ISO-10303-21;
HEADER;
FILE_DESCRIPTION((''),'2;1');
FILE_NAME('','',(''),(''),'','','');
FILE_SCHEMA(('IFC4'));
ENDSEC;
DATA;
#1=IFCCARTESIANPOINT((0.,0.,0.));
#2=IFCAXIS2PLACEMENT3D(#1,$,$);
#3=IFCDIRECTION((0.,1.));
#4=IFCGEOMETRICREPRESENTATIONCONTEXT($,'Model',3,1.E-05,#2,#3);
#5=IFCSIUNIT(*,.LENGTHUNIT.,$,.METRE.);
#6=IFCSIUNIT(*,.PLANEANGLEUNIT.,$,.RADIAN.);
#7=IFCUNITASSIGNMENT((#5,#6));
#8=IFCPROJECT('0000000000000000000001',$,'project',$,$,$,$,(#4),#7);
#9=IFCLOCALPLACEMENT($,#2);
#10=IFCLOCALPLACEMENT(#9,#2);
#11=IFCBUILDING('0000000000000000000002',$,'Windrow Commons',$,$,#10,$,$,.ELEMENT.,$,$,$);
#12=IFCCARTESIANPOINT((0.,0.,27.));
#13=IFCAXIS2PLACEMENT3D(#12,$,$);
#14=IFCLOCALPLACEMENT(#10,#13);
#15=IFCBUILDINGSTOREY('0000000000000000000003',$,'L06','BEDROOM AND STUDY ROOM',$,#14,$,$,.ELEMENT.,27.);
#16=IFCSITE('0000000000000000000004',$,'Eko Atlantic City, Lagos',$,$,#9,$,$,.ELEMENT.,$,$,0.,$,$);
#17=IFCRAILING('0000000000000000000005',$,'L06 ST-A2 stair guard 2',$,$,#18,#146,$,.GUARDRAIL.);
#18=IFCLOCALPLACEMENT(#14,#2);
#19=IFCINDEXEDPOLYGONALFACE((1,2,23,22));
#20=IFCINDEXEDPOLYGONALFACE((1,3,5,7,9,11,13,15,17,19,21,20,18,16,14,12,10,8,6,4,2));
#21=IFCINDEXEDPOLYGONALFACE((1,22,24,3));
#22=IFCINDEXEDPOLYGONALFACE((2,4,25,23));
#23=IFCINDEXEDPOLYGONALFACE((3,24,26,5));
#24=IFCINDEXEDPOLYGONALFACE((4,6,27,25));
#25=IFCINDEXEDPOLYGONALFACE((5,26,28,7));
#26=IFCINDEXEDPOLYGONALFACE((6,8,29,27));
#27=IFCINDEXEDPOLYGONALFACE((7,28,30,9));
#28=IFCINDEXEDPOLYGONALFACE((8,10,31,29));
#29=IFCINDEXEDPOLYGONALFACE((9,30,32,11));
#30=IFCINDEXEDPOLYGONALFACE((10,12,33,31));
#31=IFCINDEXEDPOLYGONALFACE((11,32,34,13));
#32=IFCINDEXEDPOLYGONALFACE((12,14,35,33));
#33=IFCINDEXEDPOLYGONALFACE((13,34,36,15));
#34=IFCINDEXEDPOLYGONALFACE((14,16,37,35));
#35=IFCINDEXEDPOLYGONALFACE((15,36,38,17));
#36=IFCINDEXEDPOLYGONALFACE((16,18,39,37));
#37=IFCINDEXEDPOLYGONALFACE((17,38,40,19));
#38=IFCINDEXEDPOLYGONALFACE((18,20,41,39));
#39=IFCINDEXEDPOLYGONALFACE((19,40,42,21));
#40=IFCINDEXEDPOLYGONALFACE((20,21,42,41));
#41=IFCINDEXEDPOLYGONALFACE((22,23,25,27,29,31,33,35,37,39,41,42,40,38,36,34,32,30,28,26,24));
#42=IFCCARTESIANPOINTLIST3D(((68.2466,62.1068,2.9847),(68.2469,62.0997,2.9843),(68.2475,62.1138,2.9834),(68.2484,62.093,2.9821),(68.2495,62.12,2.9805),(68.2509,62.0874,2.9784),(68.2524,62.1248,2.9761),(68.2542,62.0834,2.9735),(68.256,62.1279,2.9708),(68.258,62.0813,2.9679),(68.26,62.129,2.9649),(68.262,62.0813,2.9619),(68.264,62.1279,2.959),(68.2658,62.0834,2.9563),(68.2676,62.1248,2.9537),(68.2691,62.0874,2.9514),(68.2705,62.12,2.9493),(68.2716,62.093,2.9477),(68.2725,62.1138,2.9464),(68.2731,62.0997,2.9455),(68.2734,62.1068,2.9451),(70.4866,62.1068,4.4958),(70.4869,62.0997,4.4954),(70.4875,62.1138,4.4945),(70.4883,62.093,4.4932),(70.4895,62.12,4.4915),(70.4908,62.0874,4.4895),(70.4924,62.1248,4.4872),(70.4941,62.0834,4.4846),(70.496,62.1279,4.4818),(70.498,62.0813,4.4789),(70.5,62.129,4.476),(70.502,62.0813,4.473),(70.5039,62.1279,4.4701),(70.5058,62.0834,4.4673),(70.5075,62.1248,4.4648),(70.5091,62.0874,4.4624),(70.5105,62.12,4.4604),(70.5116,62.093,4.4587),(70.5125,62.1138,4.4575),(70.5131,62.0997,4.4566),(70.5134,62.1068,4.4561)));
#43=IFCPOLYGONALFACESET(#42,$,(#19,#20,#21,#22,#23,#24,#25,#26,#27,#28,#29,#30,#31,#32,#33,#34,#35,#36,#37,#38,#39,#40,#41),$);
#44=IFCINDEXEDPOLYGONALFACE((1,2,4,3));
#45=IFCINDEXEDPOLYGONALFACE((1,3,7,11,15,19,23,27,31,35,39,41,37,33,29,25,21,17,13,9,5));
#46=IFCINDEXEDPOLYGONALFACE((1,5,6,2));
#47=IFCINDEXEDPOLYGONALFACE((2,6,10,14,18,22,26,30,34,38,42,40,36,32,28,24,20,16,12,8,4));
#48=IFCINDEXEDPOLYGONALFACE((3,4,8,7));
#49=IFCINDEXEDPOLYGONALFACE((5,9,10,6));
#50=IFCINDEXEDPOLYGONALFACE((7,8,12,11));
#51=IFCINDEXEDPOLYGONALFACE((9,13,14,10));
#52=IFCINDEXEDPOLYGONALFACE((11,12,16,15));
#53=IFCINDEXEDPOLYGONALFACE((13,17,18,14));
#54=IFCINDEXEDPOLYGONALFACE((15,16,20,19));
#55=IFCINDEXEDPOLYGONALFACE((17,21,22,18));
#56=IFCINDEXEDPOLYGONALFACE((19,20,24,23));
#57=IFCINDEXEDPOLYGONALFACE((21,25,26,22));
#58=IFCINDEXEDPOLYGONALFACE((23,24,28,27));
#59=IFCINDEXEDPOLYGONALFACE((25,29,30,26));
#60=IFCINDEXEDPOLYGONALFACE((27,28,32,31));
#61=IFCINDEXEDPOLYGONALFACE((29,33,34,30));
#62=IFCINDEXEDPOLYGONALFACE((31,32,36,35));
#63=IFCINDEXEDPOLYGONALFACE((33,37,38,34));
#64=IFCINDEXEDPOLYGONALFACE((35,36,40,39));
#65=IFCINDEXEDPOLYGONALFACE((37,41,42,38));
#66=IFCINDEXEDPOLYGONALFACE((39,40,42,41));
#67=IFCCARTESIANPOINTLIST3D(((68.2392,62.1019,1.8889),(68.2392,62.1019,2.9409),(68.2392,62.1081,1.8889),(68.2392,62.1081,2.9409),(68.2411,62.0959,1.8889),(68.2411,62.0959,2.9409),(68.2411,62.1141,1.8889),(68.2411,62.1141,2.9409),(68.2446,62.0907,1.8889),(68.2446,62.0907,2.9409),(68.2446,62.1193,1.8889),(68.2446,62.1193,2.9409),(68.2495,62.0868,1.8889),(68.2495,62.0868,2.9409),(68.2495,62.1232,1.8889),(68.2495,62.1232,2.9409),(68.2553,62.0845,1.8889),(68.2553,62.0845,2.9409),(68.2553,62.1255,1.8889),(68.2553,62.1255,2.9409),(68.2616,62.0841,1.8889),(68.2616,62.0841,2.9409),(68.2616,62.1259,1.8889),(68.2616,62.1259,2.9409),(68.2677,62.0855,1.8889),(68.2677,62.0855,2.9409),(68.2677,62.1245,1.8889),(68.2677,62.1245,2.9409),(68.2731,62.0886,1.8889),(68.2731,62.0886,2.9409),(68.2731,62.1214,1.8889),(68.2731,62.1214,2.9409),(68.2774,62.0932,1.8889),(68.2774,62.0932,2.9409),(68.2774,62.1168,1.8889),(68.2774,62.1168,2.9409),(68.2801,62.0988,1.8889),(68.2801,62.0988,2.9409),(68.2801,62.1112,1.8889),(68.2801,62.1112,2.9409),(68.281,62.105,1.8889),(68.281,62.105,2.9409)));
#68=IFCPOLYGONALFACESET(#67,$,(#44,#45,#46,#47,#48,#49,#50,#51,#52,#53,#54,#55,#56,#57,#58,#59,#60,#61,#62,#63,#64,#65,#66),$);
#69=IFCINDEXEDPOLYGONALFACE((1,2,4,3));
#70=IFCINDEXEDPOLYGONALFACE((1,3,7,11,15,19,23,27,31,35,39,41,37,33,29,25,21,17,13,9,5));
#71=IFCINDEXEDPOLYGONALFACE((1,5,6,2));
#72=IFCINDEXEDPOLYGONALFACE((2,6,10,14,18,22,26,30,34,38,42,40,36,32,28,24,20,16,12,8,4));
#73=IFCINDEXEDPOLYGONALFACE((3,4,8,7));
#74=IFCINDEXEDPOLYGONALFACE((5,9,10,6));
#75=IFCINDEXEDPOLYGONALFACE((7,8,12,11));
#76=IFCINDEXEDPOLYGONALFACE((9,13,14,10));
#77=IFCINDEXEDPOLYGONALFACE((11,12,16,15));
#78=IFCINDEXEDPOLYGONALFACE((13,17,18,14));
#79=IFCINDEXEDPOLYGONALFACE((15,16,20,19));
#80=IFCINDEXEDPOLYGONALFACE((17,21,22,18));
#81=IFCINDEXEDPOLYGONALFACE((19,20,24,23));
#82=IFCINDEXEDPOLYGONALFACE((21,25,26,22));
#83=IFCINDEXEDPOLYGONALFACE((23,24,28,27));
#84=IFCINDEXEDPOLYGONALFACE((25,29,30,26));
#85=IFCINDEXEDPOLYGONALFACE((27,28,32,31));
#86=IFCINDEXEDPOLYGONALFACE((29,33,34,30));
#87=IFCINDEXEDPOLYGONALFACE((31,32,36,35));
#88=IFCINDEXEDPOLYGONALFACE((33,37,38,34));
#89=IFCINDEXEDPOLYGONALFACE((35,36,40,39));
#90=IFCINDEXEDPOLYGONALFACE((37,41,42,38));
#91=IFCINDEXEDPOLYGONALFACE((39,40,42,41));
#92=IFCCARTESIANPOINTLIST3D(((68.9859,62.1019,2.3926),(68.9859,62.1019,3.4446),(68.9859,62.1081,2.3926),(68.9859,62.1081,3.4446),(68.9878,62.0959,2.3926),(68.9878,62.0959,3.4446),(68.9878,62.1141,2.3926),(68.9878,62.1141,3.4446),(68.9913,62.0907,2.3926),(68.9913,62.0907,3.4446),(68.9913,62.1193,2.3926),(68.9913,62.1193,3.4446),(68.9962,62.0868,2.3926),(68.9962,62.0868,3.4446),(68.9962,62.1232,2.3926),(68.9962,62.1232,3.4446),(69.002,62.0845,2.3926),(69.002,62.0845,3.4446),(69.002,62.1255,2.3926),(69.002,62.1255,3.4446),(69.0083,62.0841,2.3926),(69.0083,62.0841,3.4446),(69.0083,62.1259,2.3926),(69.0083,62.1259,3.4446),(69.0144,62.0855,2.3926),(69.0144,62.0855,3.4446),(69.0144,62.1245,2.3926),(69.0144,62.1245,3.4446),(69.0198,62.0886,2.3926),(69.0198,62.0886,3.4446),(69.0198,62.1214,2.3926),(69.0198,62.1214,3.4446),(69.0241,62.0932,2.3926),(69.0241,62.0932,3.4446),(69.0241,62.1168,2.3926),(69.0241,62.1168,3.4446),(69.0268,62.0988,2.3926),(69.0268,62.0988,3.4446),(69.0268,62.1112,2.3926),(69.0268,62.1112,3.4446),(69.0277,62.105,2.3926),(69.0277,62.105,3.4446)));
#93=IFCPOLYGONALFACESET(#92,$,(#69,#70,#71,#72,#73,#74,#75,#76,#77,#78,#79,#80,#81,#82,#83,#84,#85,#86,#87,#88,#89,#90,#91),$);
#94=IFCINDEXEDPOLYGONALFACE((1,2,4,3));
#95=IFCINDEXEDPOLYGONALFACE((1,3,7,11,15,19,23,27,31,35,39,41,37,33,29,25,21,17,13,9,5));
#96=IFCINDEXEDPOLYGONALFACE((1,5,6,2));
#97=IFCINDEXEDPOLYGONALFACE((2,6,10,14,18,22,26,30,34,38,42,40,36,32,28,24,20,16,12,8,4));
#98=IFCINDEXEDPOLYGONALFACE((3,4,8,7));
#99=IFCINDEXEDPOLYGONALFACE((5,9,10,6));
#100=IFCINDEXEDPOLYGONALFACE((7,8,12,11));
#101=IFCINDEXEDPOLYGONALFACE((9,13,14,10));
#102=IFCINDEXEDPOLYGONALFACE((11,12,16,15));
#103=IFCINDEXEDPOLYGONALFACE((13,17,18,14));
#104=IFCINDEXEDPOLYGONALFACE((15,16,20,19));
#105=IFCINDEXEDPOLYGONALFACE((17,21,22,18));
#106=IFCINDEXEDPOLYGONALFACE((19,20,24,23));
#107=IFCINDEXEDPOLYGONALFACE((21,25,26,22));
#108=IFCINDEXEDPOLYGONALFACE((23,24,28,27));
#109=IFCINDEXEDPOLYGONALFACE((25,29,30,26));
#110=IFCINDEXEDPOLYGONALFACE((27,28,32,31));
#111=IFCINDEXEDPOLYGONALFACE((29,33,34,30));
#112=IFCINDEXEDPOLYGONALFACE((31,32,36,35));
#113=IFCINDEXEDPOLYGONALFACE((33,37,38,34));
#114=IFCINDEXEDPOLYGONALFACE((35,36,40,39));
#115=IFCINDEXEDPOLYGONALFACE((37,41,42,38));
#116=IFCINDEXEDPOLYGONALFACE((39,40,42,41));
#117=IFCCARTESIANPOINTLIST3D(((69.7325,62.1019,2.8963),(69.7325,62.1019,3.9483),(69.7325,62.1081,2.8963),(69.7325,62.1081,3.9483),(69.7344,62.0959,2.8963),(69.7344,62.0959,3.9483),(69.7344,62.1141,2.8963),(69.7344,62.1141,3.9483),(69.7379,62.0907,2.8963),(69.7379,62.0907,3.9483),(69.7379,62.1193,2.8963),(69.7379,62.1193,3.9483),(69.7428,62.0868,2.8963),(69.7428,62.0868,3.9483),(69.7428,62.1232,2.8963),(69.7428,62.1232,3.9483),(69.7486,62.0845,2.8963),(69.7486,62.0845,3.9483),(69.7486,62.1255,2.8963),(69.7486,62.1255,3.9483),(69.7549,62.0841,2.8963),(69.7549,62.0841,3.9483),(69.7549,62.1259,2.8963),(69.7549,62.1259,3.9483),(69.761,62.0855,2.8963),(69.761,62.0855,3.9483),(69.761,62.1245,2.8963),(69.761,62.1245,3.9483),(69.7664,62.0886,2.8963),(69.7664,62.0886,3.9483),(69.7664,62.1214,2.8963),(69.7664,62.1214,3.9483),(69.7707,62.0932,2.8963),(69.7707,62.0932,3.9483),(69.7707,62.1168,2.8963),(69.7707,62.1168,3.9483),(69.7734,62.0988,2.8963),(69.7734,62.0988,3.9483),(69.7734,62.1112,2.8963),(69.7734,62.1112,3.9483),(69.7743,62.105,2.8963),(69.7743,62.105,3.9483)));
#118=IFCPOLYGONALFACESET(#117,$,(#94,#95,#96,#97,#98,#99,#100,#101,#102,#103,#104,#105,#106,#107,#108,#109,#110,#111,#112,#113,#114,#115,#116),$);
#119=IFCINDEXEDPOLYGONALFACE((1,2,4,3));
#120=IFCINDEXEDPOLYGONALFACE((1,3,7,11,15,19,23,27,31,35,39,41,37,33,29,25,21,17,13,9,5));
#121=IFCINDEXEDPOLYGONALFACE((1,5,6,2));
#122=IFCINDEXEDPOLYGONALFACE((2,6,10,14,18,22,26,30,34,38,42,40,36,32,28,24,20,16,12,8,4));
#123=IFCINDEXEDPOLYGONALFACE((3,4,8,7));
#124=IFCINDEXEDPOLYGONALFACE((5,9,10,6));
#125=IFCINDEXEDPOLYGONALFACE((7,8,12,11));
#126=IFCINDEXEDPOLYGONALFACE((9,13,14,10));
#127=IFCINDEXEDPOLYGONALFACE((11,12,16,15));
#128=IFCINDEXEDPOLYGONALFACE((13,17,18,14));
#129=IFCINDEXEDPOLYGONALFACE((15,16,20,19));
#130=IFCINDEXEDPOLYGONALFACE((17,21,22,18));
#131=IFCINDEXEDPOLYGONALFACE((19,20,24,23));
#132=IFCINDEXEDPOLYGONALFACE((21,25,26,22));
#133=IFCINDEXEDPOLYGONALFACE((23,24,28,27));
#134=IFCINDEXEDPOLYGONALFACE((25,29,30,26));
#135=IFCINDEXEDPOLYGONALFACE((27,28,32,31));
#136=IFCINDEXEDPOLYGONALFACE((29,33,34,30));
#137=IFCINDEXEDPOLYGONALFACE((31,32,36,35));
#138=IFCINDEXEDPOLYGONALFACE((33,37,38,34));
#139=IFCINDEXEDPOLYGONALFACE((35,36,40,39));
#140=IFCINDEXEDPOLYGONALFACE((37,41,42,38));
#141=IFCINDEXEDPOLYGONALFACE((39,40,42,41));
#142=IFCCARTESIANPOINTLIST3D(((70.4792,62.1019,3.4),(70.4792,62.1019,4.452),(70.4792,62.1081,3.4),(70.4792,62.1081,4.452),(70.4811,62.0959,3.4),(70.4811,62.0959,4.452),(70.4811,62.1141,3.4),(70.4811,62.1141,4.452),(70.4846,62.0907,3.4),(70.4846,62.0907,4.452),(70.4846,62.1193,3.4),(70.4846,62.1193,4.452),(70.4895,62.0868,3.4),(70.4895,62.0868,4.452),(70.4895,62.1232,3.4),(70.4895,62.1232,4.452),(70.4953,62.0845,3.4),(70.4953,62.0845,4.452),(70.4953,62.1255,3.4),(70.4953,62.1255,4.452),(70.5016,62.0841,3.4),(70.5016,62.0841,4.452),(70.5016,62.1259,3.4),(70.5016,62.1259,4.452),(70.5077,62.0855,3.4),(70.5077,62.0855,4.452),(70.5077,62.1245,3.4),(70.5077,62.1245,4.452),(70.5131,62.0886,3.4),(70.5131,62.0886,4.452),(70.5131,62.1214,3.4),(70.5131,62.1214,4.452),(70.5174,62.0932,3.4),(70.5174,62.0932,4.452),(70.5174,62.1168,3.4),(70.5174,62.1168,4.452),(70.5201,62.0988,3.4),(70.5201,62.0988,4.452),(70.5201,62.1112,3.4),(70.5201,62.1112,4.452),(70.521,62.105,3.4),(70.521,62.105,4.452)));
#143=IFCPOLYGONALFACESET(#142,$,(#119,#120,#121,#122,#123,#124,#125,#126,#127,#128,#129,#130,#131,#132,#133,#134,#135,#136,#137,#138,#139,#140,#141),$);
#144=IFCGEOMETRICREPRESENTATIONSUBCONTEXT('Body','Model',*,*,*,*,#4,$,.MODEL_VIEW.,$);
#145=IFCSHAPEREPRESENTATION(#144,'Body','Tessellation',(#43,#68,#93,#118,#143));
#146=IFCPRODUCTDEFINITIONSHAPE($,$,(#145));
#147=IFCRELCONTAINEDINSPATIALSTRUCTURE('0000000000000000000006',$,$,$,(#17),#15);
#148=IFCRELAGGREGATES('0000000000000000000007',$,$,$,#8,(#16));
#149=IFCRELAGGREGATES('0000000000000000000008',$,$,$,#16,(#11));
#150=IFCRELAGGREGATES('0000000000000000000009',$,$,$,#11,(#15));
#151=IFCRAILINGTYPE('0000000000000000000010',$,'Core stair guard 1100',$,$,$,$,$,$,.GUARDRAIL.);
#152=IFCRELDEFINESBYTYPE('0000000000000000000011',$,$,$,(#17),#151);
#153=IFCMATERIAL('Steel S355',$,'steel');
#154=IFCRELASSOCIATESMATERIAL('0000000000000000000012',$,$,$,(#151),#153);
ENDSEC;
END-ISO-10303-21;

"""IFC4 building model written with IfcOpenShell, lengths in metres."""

from ifc_helpers import new_model, si_unit, direction, frame, origin, origin_2d, place, context, subcontext, project, spatial, circle, extrude, material, type_object, element, save


model = new_model("IFC4")

# Units and contexts
model_context = context("Model", 3, precision=1e-05, world=origin(), true_north=direction((0.0, 1.0)))
body_context = subcontext(model_context, "Body", "Model", "MODEL_VIEW")
ifc_project = project(units=[si_unit("LENGTHUNIT", "METRE"), si_unit("PLANEANGLEUNIT", "RADIAN")], contexts=[model_context])

# Site, building, storey
site_placement = place(None, origin())
site = spatial("IfcSite", under=ifc_project, at=site_placement, Name="Eko Atlantic City, Lagos", CompositionType="ELEMENT", RefElevation=0.0)
building_placement = place(site_placement, origin())
building = spatial("IfcBuilding", under=site, at=building_placement, Name="Windrow Commons", CompositionType="ELEMENT")
storey_placement = place(building_placement, frame((0.0, 0.0, 27.0)))
storey = spatial("IfcBuildingStorey", under=building, at=storey_placement, Name="L06", Description="BEDROOM AND STUDY ROOM", CompositionType="ELEMENT", Elevation=27.0)

# Railing
ifc_material_1 = material(Name="Steel S355", Category="steel")
railing_type_1 = type_object("IfcRailingType", Name="Core stair guard 1100", PredefinedType="GUARDRAIL", material=ifc_material_1)
railing_1_placement = place(storey_placement, frame((68.26, 62.105, 1.8889)))
element("IfcRailing", 1, at=railing_1_placement, inside=storey, type_object=railing_type_1, Name="L06 ST-A2 stair guard 2", PredefinedType="GUARDRAIL", context=body_context, shape_type="SweptSolid", body=[
    extrude(circle(Radius=0.024, at=origin_2d()), frame((0.0, 0.0, 1.076), z_axis=(0.829003, 0.0, 0.559244), x_axis=(0.0, 1.0, 0.0)), (0.0, 0.0, 1.0), 2.702),
    extrude(circle(Radius=0.021, at=origin_2d()), origin(), (0.0, 0.0, 1.0), 1.052),
    extrude(circle(Radius=0.021, at=origin_2d()), frame((0.7467, 0.0, 0.5037)), (0.0, 0.0, 1.0), 1.052),
    extrude(circle(Radius=0.021, at=origin_2d()), frame((1.4933, 0.0, 1.0074)), (0.0, 0.0, 1.0), 1.052),
    extrude(circle(Radius=0.021, at=origin_2d()), frame((2.24, 0.0, 1.5111)), (0.0, 0.0, 1.0), 1.052),
])

save(model, "model.ifc")
